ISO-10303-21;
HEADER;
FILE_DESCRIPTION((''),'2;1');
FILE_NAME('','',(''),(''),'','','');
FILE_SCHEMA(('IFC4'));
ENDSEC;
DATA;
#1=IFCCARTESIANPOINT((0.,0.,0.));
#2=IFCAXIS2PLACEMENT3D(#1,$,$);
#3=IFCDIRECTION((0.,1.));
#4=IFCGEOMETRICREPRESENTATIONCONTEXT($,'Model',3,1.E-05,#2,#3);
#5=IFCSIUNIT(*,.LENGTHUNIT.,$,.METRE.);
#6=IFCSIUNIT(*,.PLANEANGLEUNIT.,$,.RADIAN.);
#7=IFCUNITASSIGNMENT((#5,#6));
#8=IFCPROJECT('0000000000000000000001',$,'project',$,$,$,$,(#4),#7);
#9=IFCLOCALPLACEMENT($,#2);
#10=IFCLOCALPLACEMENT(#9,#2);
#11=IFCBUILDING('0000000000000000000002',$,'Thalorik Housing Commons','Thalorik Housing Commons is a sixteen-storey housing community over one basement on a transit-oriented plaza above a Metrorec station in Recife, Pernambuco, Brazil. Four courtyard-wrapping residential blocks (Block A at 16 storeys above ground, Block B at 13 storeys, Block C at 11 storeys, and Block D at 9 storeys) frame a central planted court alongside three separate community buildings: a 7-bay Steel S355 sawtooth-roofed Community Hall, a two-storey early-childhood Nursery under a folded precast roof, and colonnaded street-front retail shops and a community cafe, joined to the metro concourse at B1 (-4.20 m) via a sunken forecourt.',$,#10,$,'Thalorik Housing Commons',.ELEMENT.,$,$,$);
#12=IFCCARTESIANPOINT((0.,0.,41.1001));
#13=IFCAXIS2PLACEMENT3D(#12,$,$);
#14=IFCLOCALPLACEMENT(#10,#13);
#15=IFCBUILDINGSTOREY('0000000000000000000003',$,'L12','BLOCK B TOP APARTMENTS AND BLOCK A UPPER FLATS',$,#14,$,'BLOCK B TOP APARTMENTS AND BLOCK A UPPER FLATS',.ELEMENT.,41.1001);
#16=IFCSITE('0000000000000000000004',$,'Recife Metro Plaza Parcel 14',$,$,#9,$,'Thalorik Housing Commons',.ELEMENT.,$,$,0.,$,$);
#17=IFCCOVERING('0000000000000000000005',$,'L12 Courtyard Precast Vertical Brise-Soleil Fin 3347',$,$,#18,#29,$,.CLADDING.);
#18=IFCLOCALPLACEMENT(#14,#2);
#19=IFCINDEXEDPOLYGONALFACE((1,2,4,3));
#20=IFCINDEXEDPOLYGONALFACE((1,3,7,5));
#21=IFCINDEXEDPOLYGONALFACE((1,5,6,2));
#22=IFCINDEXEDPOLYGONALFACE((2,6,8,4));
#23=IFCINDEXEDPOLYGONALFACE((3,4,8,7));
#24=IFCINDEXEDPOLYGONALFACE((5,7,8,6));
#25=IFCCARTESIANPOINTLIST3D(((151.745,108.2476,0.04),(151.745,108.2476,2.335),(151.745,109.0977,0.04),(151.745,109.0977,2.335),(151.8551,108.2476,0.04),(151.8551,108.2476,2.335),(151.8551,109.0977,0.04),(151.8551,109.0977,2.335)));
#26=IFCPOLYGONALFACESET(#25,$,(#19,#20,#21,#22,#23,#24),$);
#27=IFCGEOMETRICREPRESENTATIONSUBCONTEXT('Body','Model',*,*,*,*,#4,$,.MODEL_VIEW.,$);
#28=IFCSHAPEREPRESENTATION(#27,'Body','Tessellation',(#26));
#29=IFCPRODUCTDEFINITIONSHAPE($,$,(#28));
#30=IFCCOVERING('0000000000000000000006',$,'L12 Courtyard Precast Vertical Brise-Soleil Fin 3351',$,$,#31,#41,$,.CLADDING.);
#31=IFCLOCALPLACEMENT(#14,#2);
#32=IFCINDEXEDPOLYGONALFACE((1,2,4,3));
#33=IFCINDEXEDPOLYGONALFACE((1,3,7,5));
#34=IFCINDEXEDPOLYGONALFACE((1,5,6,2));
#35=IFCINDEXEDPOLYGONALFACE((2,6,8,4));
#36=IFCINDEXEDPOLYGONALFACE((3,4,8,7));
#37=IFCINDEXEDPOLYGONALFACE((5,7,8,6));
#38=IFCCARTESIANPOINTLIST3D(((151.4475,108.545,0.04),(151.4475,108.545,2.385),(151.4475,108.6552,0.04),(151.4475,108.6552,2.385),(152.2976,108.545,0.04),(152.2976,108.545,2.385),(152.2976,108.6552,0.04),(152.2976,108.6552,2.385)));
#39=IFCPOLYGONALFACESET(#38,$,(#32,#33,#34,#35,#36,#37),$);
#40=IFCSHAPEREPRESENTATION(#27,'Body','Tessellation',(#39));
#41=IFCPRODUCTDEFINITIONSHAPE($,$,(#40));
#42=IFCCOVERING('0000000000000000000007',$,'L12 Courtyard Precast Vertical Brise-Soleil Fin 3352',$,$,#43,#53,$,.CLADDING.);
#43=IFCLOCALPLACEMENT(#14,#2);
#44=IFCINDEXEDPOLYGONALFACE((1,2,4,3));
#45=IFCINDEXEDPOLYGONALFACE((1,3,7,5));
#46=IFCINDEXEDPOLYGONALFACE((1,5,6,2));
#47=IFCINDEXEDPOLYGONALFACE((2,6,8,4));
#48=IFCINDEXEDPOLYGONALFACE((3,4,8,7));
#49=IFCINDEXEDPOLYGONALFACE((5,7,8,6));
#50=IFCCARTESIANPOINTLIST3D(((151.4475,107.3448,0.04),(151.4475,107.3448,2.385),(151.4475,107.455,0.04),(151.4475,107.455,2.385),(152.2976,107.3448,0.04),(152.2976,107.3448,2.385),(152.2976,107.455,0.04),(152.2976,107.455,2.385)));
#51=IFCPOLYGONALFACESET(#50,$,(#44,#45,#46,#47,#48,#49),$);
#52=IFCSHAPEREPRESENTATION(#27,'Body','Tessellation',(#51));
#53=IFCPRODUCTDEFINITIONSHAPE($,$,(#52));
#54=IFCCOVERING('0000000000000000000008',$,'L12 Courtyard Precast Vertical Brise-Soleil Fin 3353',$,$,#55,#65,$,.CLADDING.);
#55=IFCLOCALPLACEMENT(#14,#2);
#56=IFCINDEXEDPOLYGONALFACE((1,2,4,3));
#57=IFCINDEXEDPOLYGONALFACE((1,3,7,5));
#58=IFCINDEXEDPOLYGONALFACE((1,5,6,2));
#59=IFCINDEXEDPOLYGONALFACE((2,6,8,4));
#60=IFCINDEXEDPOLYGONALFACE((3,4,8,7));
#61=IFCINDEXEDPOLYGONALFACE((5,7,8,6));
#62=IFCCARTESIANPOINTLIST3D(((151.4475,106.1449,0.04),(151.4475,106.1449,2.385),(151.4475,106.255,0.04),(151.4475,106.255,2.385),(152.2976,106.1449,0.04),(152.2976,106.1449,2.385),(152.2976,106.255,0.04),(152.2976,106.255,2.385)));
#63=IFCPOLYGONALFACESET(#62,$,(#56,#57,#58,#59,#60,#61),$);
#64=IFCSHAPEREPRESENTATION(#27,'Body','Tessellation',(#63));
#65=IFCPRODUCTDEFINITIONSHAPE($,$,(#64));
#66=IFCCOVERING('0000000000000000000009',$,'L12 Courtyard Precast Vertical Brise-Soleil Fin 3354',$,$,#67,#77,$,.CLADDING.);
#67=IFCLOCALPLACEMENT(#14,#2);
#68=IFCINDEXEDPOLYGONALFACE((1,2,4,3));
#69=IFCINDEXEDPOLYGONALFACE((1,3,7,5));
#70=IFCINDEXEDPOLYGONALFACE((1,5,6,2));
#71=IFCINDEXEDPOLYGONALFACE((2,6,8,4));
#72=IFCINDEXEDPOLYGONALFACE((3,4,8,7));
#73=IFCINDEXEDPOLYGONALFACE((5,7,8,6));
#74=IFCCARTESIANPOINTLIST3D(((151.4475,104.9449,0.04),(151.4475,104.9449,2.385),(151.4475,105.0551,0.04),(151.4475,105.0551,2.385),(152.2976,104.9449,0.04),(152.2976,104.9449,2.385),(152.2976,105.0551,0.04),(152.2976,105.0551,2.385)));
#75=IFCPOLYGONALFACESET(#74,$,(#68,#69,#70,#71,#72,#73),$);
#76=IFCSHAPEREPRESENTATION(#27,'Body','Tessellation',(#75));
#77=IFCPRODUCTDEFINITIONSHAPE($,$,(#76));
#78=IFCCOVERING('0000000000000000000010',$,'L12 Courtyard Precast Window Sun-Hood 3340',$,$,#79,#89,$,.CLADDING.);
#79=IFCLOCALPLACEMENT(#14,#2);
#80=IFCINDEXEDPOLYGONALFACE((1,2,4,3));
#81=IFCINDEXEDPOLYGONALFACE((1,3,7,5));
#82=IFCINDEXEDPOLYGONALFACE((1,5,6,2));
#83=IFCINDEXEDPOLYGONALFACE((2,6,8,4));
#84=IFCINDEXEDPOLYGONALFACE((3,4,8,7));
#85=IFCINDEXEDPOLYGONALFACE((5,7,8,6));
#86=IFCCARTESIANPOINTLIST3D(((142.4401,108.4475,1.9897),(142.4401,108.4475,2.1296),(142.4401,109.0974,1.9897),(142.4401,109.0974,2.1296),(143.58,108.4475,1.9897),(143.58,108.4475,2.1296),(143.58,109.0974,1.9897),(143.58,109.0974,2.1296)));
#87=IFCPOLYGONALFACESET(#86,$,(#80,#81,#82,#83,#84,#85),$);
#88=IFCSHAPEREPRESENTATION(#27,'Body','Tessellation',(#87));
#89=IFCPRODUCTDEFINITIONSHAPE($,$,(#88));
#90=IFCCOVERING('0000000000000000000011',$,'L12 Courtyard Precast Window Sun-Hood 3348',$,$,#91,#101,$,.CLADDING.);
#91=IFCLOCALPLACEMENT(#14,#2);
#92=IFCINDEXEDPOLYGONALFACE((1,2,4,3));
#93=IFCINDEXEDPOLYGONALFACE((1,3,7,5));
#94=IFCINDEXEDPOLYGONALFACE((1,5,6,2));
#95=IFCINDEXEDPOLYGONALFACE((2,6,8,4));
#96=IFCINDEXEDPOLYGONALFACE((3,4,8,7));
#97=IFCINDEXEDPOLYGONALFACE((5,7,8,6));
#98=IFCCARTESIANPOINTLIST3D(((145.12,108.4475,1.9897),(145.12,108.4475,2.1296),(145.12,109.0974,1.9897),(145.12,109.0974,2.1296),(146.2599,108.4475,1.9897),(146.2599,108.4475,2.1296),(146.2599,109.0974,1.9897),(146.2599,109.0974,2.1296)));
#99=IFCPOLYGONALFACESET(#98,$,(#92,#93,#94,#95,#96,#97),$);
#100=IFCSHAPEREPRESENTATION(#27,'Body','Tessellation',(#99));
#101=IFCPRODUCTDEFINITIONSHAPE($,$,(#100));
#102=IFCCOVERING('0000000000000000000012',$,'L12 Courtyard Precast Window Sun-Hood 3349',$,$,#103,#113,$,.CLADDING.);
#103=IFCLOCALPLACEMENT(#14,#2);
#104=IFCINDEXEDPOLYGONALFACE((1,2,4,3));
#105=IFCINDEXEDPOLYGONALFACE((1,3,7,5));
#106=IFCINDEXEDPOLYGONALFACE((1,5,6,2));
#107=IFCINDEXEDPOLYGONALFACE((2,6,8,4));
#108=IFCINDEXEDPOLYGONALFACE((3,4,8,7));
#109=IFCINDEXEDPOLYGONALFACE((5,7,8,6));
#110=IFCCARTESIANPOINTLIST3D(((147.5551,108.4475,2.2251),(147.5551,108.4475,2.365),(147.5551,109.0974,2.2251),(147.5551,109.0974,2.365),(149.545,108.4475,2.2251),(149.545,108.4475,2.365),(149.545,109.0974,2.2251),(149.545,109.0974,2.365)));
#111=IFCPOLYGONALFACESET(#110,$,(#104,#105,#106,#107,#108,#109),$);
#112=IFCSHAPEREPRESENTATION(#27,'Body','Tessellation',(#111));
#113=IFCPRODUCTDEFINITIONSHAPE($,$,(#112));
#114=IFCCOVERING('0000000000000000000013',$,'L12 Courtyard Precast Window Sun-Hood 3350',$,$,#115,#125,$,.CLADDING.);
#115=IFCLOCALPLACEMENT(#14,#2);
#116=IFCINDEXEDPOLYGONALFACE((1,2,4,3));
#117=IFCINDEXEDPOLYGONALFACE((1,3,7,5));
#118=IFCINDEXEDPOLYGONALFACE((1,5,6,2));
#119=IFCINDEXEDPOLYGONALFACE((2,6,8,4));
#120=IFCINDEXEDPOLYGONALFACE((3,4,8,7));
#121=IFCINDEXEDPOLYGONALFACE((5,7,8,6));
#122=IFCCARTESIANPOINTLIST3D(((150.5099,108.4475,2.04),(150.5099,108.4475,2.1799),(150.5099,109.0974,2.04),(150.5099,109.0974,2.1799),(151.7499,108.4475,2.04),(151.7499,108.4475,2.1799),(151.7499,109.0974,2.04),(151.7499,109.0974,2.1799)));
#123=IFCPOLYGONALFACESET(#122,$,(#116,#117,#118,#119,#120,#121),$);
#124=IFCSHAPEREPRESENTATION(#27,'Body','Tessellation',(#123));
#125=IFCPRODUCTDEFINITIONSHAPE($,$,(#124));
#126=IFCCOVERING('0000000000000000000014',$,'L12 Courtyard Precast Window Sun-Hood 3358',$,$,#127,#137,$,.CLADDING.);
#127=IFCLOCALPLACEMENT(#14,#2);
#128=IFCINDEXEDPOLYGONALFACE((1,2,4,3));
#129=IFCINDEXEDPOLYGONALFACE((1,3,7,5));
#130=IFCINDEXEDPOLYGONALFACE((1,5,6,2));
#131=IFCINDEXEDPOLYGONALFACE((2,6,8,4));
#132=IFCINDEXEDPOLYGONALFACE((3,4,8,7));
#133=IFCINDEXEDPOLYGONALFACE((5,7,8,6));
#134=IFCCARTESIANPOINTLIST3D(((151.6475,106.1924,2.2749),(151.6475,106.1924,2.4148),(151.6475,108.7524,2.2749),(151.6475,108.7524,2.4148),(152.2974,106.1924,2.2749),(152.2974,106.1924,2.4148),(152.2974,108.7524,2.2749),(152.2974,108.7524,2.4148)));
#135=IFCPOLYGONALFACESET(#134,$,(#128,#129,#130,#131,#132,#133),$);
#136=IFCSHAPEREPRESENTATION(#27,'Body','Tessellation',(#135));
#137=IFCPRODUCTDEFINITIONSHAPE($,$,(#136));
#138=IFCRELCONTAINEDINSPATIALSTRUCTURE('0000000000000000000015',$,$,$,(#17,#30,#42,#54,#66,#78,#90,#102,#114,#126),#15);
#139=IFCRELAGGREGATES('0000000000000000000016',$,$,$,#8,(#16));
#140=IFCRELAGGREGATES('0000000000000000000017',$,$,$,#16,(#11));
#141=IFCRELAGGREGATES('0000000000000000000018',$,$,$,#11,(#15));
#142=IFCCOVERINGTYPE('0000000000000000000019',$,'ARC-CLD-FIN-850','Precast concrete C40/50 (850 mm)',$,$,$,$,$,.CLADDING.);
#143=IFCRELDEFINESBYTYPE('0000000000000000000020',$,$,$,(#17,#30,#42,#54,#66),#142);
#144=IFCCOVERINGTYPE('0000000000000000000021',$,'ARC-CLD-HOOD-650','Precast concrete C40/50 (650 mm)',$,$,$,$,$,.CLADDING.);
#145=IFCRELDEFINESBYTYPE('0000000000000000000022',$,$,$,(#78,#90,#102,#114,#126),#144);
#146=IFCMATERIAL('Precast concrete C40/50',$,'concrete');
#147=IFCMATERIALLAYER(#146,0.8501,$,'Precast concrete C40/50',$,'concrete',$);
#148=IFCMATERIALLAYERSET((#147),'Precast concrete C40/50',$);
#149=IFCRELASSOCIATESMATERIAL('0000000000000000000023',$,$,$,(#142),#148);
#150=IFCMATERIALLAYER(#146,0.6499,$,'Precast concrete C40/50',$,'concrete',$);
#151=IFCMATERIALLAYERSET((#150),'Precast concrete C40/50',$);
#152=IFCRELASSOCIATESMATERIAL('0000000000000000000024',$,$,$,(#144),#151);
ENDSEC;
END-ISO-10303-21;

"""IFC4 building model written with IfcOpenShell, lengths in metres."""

from ifc_helpers import new_model, si_unit, direction, frame, origin, origin_2d, place, context, subcontext, project, spatial, rectangle, extrude, material, layer, layer_set, type_object, element, save


model = new_model("IFC4")

# Units and contexts
model_context = context("Model", 3, precision=1e-05, world=origin(), true_north=direction((0.0, 1.0)))
body_context = subcontext(model_context, "Body", "Model", "MODEL_VIEW")
ifc_project = project(units=[si_unit("LENGTHUNIT", "METRE"), si_unit("PLANEANGLEUNIT", "RADIAN")], contexts=[model_context])

# Site, building, storey
site_placement = place(None, origin())
site = spatial("IfcSite", under=ifc_project, at=site_placement, Name="Recife Metro Plaza Parcel 14", LongName="Thalorik Housing Commons", CompositionType="ELEMENT", RefElevation=0.0)
building_placement = place(site_placement, origin())
building = spatial("IfcBuilding", under=site, at=building_placement, Name="Thalorik Housing Commons", Description="Thalorik Housing Commons is a sixteen-storey housing community over one basement on a transit-oriented plaza above a Metrorec station in Recife, Pernambuco, Brazil. Four courtyard-wrapping residential blocks (Block A at 16 storeys above ground, Block B at 13 storeys, Block C at 11 storeys, and Block D at 9 storeys) frame a central planted court alongside three separate community buildings: a 7-bay Steel S355 sawtooth-roofed Community Hall, a two-storey early-childhood Nursery under a folded precast roof, and colonnaded street-front retail shops and a community cafe, joined to the metro concourse at B1 (-4.20 m) via a sunken forecourt.", LongName="Thalorik Housing Commons", CompositionType="ELEMENT")
storey_placement = place(building_placement, frame((0.0, 0.0, 41.1001)))
storey = spatial("IfcBuildingStorey", under=building, at=storey_placement, Name="L12", Description="BLOCK B TOP APARTMENTS AND BLOCK A UPPER FLATS", LongName="BLOCK B TOP APARTMENTS AND BLOCK A UPPER FLATS", CompositionType="ELEMENT", Elevation=41.1001)

# Shared definitions
ifc_material_1 = material(Name="Precast concrete C40/50", Category="concrete")

# Coverings
ifc_layer_1 = layer(ifc_material_1, 0.8501, Name="Precast concrete C40/50", Category="concrete")
ifc_layer_set_1 = layer_set([ifc_layer_1], Name="Precast concrete C40/50")
covering_type_1 = type_object("IfcCoveringType", Name="ARC-CLD-FIN-850", Description="Precast concrete C40/50 (850 mm)", PredefinedType="CLADDING", material=ifc_layer_set_1)
for number, where, z_axis, x_axis, name in (
    (1, (151.8, 108.6726, 0.04), (0.0, 0.0, 1.0), (1.0, 0.0, 0.0), "L12 Courtyard Precast Vertical Brise-Soleil Fin 3347"),
):
    element("IfcCovering", number, at=place(storey_placement, frame(where, z_axis=z_axis, x_axis=x_axis)), inside=storey, type_object=covering_type_1, Name=name, PredefinedType="CLADDING", context=body_context, shape_type="SweptSolid", body=[
        extrude(rectangle(XDim=0.1101, YDim=0.8501, at=origin_2d()), origin(), (0.0, 0.0, 1.0), 2.2949),
    ])
for number, where, z_axis, x_axis, name in (
    (2, (151.8726, 108.6001, 0.04), (0.0, 0.0, 1.0), (0.0, -1.0, 0.0), "L12 Courtyard Precast Vertical Brise-Soleil Fin 3351"),
    (3, (151.8726, 107.3999, 0.04), (0.0, 0.0, 1.0), (0.0, -1.0, 0.0), "L12 Courtyard Precast Vertical Brise-Soleil Fin 3352"),
    (4, (151.8726, 106.2, 0.04), (0.0, 0.0, 1.0), (0.0, -1.0, 0.0), "L12 Courtyard Precast Vertical Brise-Soleil Fin 3353"),
    (5, (151.8726, 105.0, 0.04), (0.0, 0.0, 1.0), (0.0, -1.0, 0.0), "L12 Courtyard Precast Vertical Brise-Soleil Fin 3354"),
):
    element("IfcCovering", number, at=place(storey_placement, frame(where, z_axis=z_axis, x_axis=x_axis)), inside=storey, type_object=covering_type_1, Name=name, PredefinedType="CLADDING", context=body_context, shape_type="SweptSolid", body=[
        extrude(rectangle(XDim=0.1101, YDim=0.8501, at=origin_2d()), origin(), (0.0, 0.0, 1.0), 2.345),
    ])
ifc_layer_2 = layer(ifc_material_1, 0.6499, Name="Precast concrete C40/50", Category="concrete")
ifc_layer_set_2 = layer_set([ifc_layer_2], Name="Precast concrete C40/50")
covering_type_2 = type_object("IfcCoveringType", Name="ARC-CLD-HOOD-650", Description="Precast concrete C40/50 (650 mm)", PredefinedType="CLADDING", material=ifc_layer_set_2)
for number, where, z_axis, x_axis, name in (
    (6, (143.01, 108.7725, 1.9897), (0.0, 0.0, 1.0), (1.0, 0.0, 0.0), "L12 Courtyard Precast Window Sun-Hood 3340"),
    (7, (145.6899, 108.7725, 1.9897), (0.0, 0.0, 1.0), (1.0, 0.0, 0.0), "L12 Courtyard Precast Window Sun-Hood 3348"),
):
    element("IfcCovering", number, at=place(storey_placement, frame(where, z_axis=z_axis, x_axis=x_axis)), inside=storey, type_object=covering_type_2, Name=name, PredefinedType="CLADDING", context=body_context, shape_type="SweptSolid", body=[
        extrude(rectangle(XDim=1.1399, YDim=0.6499, at=origin_2d()), origin(), (0.0, 0.0, 1.0), 0.1399),
    ])
covering_1_placement = place(storey_placement, frame((148.55, 108.7725, 2.2251), z_axis=(0.0, 0.0, 1.0), x_axis=(1.0, 0.0, 0.0)))
element("IfcCovering", 8, at=covering_1_placement, inside=storey, type_object=covering_type_2, Name="L12 Courtyard Precast Window Sun-Hood 3349", PredefinedType="CLADDING", context=body_context, shape_type="SweptSolid", body=[
    extrude(rectangle(XDim=1.99, YDim=0.6499, at=origin_2d()), origin(), (0.0, 0.0, 1.0), 0.1399),
])
covering_2_placement = place(storey_placement, frame((151.1299, 108.7725, 2.04), z_axis=(0.0, 0.0, 1.0), x_axis=(1.0, 0.0, 0.0)))
element("IfcCovering", 9, at=covering_2_placement, inside=storey, type_object=covering_type_2, Name="L12 Courtyard Precast Window Sun-Hood 3350", PredefinedType="CLADDING", context=body_context, shape_type="SweptSolid", body=[
    extrude(rectangle(XDim=1.24, YDim=0.6499, at=origin_2d()), origin(), (0.0, 0.0, 1.0), 0.1399),
])
covering_3_placement = place(storey_placement, frame((151.9724, 107.4724, 2.2749), z_axis=(0.0, 0.0, 1.0), x_axis=(0.0, -1.0, 0.0)))
element("IfcCovering", 10, at=covering_3_placement, inside=storey, type_object=covering_type_2, Name="L12 Courtyard Precast Window Sun-Hood 3358", PredefinedType="CLADDING", context=body_context, shape_type="SweptSolid", body=[
    extrude(rectangle(XDim=2.5601, YDim=0.6499, at=origin_2d()), origin(), (0.0, 0.0, 1.0), 0.1399),
])

save(model, "model.ifc")
